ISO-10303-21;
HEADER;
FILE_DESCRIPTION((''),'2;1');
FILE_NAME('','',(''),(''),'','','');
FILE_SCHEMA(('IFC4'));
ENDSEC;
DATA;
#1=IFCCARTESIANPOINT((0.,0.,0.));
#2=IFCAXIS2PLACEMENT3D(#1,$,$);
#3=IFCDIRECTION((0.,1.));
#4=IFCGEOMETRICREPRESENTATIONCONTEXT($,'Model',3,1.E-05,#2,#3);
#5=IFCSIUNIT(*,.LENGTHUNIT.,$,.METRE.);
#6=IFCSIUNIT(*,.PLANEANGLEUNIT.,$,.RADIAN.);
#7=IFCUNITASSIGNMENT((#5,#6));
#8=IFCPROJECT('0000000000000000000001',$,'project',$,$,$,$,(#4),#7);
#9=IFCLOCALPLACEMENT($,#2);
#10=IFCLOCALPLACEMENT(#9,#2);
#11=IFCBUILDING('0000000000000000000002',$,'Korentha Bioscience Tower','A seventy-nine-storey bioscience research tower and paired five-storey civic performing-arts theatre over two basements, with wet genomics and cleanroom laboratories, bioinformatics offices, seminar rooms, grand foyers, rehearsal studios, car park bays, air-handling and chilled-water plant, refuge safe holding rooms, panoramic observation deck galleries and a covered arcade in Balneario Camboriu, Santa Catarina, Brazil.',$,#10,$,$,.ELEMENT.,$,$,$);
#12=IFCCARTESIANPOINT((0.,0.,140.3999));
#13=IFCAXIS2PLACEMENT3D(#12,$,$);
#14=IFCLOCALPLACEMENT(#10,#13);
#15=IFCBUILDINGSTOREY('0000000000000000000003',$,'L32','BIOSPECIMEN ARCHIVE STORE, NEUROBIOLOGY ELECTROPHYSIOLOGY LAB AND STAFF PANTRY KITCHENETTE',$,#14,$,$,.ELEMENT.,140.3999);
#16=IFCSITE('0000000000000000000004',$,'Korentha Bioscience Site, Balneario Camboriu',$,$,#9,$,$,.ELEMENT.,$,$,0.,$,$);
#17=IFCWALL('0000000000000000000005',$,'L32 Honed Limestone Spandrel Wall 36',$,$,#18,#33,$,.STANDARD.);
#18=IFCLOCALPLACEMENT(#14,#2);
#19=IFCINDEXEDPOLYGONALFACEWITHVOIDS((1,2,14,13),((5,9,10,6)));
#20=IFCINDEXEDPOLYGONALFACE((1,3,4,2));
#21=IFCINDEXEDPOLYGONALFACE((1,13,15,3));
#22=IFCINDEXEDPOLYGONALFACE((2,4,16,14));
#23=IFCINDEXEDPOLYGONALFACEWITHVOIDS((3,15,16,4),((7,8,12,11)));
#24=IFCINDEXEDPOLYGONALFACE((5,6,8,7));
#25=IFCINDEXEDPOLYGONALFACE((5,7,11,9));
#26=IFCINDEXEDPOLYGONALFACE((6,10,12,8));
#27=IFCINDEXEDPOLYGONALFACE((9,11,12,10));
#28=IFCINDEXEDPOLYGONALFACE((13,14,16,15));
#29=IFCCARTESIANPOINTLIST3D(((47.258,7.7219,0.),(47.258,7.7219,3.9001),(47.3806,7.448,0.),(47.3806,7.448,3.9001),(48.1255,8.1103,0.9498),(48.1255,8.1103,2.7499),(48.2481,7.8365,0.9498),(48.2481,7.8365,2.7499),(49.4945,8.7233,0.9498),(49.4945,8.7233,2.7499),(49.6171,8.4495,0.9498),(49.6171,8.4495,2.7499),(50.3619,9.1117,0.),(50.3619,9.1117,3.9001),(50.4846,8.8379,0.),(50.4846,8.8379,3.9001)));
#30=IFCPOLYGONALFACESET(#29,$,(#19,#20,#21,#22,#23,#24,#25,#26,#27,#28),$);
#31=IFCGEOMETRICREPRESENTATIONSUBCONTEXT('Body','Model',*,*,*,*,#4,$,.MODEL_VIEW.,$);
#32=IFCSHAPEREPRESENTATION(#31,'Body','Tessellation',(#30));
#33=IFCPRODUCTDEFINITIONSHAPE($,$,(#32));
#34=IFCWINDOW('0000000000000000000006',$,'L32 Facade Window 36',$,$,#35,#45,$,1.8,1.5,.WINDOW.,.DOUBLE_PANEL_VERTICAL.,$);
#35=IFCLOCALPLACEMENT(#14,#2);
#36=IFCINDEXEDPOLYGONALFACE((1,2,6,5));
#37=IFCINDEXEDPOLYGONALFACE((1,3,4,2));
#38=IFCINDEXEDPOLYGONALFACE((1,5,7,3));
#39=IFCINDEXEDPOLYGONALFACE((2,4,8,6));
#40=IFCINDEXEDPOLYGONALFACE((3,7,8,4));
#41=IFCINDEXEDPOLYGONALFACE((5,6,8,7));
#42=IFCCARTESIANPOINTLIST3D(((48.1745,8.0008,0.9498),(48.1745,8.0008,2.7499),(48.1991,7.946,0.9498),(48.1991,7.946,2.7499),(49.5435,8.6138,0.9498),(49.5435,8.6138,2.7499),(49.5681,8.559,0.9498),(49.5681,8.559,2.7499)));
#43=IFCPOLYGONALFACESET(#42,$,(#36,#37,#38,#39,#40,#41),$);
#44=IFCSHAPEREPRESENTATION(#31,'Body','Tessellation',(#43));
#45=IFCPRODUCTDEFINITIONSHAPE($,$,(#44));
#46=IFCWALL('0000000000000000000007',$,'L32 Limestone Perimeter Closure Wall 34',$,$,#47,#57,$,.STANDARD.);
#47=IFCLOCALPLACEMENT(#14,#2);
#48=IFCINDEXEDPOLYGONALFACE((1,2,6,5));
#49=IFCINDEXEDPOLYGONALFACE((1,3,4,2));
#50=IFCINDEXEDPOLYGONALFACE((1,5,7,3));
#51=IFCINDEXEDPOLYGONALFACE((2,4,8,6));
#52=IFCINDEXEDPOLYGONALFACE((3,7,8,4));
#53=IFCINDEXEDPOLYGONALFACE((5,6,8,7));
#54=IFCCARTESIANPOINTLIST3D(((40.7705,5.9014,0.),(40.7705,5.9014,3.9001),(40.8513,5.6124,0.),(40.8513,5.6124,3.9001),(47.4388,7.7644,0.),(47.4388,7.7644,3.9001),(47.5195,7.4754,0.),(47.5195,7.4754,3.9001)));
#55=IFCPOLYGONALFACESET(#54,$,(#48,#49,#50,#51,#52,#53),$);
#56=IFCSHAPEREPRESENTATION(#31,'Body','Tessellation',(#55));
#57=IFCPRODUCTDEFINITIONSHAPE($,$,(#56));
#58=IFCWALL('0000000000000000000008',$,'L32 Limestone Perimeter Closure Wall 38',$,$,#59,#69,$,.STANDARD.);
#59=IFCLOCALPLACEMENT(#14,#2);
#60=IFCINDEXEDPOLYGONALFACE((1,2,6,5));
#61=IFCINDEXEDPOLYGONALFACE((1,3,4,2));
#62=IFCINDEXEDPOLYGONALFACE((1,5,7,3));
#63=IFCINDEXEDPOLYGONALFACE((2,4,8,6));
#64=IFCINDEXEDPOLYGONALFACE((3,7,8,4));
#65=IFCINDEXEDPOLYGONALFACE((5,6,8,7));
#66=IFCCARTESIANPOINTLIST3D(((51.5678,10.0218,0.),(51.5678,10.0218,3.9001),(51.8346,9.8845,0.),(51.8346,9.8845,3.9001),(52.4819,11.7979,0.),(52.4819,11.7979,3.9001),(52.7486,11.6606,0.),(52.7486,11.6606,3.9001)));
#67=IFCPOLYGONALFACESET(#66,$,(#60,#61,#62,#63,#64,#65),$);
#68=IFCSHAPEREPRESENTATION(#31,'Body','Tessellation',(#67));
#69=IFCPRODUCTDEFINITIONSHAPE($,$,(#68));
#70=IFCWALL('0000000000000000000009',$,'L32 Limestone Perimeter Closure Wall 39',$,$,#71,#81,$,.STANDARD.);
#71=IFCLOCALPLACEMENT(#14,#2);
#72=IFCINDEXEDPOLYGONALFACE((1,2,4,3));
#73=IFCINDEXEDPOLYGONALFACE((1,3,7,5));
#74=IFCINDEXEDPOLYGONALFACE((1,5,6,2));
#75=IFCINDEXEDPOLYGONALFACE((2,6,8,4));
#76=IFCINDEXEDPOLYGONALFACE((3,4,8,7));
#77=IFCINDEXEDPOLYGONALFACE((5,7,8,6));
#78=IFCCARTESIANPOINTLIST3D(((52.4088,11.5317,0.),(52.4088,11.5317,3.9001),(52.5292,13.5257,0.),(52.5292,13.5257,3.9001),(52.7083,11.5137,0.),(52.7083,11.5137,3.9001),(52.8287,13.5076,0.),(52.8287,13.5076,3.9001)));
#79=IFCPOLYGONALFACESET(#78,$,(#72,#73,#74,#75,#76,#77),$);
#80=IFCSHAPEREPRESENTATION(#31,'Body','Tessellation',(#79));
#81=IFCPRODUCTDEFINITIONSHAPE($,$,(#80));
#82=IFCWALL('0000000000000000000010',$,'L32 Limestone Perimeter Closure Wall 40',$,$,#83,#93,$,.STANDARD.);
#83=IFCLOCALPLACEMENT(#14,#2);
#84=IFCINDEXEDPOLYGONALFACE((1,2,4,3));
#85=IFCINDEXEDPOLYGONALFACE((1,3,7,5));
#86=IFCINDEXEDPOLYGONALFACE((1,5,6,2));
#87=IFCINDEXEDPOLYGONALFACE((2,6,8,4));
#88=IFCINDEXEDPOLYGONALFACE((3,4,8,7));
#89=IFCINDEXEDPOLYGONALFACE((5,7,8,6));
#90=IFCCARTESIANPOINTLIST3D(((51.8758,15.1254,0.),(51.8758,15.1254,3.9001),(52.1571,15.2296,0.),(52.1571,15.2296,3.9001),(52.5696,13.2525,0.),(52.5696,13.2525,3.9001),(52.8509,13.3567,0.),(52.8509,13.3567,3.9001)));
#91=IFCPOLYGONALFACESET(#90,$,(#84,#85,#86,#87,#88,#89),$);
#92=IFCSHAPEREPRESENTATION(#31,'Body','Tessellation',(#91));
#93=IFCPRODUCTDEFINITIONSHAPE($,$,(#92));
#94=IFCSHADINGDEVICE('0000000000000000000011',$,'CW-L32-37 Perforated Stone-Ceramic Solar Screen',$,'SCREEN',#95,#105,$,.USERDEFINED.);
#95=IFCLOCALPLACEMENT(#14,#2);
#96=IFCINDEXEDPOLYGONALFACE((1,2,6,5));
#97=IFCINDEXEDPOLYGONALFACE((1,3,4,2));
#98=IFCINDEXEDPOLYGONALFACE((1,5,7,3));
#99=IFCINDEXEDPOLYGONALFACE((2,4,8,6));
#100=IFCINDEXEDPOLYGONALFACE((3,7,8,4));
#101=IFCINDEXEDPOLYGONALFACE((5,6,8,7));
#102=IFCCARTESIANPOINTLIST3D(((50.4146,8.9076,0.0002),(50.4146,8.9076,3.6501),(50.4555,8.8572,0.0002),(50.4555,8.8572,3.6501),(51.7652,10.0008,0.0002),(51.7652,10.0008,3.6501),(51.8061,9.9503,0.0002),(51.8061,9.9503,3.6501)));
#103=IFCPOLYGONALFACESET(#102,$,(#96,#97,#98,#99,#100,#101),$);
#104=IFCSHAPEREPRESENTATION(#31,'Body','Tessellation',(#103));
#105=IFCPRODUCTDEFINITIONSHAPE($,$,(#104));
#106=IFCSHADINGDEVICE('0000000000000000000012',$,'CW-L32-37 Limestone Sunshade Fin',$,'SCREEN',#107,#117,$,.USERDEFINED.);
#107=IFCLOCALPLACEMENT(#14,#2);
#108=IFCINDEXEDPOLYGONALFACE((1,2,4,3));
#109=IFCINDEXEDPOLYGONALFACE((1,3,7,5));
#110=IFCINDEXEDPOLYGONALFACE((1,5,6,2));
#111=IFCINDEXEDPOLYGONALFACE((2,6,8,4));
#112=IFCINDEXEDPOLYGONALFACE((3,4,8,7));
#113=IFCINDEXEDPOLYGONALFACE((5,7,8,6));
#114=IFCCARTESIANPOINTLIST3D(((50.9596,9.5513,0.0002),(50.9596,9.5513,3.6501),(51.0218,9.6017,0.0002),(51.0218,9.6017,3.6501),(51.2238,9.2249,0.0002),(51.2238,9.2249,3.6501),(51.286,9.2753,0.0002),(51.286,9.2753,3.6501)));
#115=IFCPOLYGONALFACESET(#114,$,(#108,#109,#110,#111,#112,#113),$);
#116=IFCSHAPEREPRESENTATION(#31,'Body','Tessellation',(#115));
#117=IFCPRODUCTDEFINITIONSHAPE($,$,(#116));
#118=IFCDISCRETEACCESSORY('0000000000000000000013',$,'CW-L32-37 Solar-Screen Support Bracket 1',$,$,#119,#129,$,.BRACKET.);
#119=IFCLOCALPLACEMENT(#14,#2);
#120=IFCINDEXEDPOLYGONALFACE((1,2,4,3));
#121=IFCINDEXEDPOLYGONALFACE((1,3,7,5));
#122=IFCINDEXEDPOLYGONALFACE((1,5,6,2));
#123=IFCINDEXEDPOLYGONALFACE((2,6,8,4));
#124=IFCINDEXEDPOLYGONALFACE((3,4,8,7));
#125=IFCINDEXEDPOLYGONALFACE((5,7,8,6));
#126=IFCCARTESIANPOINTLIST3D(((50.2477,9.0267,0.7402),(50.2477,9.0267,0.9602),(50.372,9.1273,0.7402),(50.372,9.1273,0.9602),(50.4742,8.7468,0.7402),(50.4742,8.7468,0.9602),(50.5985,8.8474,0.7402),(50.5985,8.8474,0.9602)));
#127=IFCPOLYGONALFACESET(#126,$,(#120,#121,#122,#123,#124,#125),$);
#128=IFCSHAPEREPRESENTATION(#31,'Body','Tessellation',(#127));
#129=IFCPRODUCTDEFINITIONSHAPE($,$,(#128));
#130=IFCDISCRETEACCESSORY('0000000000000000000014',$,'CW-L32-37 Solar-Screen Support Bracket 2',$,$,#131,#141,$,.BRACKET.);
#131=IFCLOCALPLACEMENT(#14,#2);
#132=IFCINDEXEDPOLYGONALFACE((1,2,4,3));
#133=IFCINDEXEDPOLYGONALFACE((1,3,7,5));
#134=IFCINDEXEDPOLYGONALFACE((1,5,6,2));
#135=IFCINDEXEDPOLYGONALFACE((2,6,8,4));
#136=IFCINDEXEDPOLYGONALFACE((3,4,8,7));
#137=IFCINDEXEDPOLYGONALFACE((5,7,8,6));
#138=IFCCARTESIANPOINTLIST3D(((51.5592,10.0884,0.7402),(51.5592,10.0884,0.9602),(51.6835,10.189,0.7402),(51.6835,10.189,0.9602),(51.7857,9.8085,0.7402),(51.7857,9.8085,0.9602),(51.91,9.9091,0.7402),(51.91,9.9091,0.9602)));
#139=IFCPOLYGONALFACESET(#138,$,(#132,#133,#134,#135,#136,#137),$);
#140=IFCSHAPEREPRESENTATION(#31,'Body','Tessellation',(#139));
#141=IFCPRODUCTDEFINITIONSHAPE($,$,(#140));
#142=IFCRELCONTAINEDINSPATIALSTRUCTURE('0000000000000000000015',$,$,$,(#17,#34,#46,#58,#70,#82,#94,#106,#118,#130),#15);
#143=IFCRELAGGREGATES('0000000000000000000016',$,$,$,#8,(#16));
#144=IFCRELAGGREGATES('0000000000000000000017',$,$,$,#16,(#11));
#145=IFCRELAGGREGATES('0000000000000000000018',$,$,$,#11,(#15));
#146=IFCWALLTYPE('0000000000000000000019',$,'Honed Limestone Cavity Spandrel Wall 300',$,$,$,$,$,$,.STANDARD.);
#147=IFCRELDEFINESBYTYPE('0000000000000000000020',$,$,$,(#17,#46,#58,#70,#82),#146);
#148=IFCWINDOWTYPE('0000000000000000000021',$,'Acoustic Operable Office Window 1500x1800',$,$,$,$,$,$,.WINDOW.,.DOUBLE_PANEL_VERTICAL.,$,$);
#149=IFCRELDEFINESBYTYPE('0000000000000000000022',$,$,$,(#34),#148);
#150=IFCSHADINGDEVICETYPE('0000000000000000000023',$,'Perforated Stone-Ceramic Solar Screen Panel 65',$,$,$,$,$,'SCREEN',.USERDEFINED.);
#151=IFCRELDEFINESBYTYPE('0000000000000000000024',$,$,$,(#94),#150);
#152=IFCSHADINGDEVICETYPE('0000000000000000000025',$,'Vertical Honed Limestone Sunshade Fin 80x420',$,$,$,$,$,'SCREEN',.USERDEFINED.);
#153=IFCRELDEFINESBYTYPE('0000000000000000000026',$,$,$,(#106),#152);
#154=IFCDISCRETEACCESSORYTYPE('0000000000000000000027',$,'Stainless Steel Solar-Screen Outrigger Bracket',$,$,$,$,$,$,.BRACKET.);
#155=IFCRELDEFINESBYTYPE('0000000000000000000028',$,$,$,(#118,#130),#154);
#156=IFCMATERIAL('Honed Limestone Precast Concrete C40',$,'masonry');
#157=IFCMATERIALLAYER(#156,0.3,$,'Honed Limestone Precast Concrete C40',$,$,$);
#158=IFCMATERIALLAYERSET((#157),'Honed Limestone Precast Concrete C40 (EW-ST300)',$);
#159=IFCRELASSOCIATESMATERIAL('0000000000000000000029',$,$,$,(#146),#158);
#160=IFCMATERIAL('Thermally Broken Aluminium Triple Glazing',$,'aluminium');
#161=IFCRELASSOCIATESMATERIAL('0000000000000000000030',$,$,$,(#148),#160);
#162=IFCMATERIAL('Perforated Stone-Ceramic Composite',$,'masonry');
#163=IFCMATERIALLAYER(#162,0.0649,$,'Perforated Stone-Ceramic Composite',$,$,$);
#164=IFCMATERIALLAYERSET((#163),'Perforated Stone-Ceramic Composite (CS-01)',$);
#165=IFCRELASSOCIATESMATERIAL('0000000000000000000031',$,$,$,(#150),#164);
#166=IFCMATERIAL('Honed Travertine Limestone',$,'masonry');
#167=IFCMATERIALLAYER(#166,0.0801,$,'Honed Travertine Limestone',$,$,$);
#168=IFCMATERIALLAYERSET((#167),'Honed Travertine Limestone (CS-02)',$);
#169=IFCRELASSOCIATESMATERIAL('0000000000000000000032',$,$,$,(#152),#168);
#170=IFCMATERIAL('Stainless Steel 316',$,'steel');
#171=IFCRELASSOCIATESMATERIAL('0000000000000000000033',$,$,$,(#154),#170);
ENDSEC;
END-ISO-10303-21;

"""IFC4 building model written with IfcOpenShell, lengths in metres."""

from ifc_helpers import new_model, si_unit, direction, frame, frame_2d, origin, origin_2d, place, context, subcontext, project, spatial, rectangle, extrude, material, layer, layer_set, type_object, element, fill, save


model = new_model("IFC4")

# Units and contexts
model_context = context("Model", 3, precision=1e-05, world=origin(), true_north=direction((0.0, 1.0)))
body_context = subcontext(model_context, "Body", "Model", "MODEL_VIEW")
ifc_project = project(units=[si_unit("LENGTHUNIT", "METRE"), si_unit("PLANEANGLEUNIT", "RADIAN")], contexts=[model_context])

# Site, building, storey
site_placement = place(None, origin())
site = spatial("IfcSite", under=ifc_project, at=site_placement, Name="Korentha Bioscience Site, Balneario Camboriu", CompositionType="ELEMENT", RefElevation=0.0)
building_placement = place(site_placement, origin())
building = spatial("IfcBuilding", under=site, at=building_placement, Name="Korentha Bioscience Tower", Description="A seventy-nine-storey bioscience research tower and paired five-storey civic performing-arts theatre over two basements, with wet genomics and cleanroom laboratories, bioinformatics offices, seminar rooms, grand foyers, rehearsal studios, car park bays, air-handling and chilled-water plant, refuge safe holding rooms, panoramic observation deck galleries and a covered arcade in Balneario Camboriu, Santa Catarina, Brazil.", CompositionType="ELEMENT")
storey_placement = place(building_placement, frame((0.0, 0.0, 140.3999)))
storey = spatial("IfcBuildingStorey", under=building, at=storey_placement, Name="L32", Description="BIOSPECIMEN ARCHIVE STORE, NEUROBIOLOGY ELECTROPHYSIOLOGY LAB AND STAFF PANTRY KITCHENETTE", CompositionType="ELEMENT", Elevation=140.3999)

# Wall, opening, window
ifc_material_1 = material(Name="Honed Limestone Precast Concrete C40", Category="masonry")
ifc_layer_1 = layer(ifc_material_1, 0.3, Name="Honed Limestone Precast Concrete C40")
ifc_layer_set_1 = layer_set([ifc_layer_1], Name="Honed Limestone Precast Concrete C40 (EW-ST300)")
wall_type = type_object("IfcWallType", Name="Honed Limestone Cavity Spandrel Wall 300", PredefinedType="STANDARD", material=ifc_layer_set_1)
wall_1_placement = place(storey_placement, frame((47.3193, 7.585, 0.0), z_axis=(0.0, 0.0, 1.0), x_axis=(0.91268, 0.408675, 0.0)))
wall_1 = element("IfcWall", 1, at=wall_1_placement, inside=storey, type_object=wall_type, Name="L32 Honed Limestone Spandrel Wall 36", PredefinedType="STANDARD", context=body_context, shape_type="SweptSolid", body=[
    extrude(rectangle(XDim=3.4009, YDim=0.3, at=frame_2d((1.7004, 0.0))), origin(), (0.0, 0.0, 1.0), 3.9001),
])
opening_placement = place(wall_1_placement, frame((0.9504, 0.0, 0.95)))
opening = element("IfcOpeningElement", 2, at=opening_placement, cuts=wall_1, PredefinedType="OPENING", context=body_context, shape_type="SweptSolid", body=[
    extrude(rectangle(XDim=1.5, YDim=1.8, at=frame_2d((0.75, 0.8999))), frame((0.0, 0.165, 0.0), z_axis=(0.0, -1.0, 0.0), x_axis=(1.0, 0.0, 0.0)), (0.0, 0.0, 1.0), 0.3298),
])
ifc_material_2 = material(Name="Thermally Broken Aluminium Triple Glazing", Category="aluminium")
window_type = type_object("IfcWindowType", Name="Acoustic Operable Office Window 1500x1800", PartitioningType="DOUBLE_PANEL_VERTICAL", PredefinedType="WINDOW", material=ifc_material_2)
window_placement = place(opening_placement, origin())
window = element("IfcWindow", 3, at=window_placement, inside=storey, type_object=window_type, Name="L32 Facade Window 36", OverallHeight=1.8, OverallWidth=1.5, PartitioningType="DOUBLE_PANEL_VERTICAL", PredefinedType="WINDOW", context=body_context, shape_type="SweptSolid", body=[
    extrude(rectangle(XDim=1.5, YDim=1.8, at=frame_2d((0.75, 0.8999))), frame((0.0, 0.03, 0.0), z_axis=(0.0, -1.0, 0.0), x_axis=(1.0, 0.0, 0.0)), (0.0, 0.0, 1.0), 0.0601),
])
fill(opening, window)

# Walls
wall_2_placement = place(storey_placement, frame((40.8108, 5.7568, 0.0), z_axis=(0.0, 0.0, 1.0), x_axis=(0.963116, 0.269086, 0.0)))
element("IfcWall", 4, at=wall_2_placement, inside=storey, type_object=wall_type, Name="L32 Limestone Perimeter Closure Wall 34", PredefinedType="STANDARD", context=body_context, shape_type="SweptSolid", body=[
    extrude(rectangle(XDim=6.9236, YDim=0.3, at=frame_2d((3.4619, 0.0))), origin(), (0.0, 0.0, 1.0), 3.9001),
])
for number, where, z_axis, x_axis, name in (
    (5, (51.7012, 9.9531, 0.0), (0.0, 0.0, 1.0), (0.457597, 0.88916, 0.0), "L32 Limestone Perimeter Closure Wall 38"),
    (6, (52.5586, 11.5227, 0.0), (0.0, 0.0, 1.0), (0.060255, 0.998183, 0.0), "L32 Limestone Perimeter Closure Wall 39"),
):
    element("IfcWall", number, at=place(storey_placement, frame(where, z_axis=z_axis, x_axis=x_axis)), inside=storey, type_object=wall_type, Name=name, PredefinedType="STANDARD", context=body_context, shape_type="SweptSolid", body=[
        extrude(rectangle(XDim=1.9976, YDim=0.3, at=frame_2d((0.9988, 0.0))), origin(), (0.0, 0.0, 1.0), 3.9001),
    ])
wall_3_placement = place(storey_placement, frame((52.7102, 13.3047, 0.0), z_axis=(0.0, 0.0, 1.0), x_axis=(-0.34737, 0.937728, 0.0)))
element("IfcWall", 7, at=wall_3_placement, inside=storey, type_object=wall_type, Name="L32 Limestone Perimeter Closure Wall 40", PredefinedType="STANDARD", context=body_context, shape_type="SweptSolid", body=[
    extrude(rectangle(XDim=1.9973, YDim=0.3, at=frame_2d((0.9985, 0.0))), origin(), (0.0, 0.0, 1.0), 3.9001),
])

# Shading devices
ifc_material_3 = material(Name="Perforated Stone-Ceramic Composite", Category="masonry")
ifc_layer_2 = layer(ifc_material_3, 0.0649, Name="Perforated Stone-Ceramic Composite")
ifc_layer_set_2 = layer_set([ifc_layer_2], Name="Perforated Stone-Ceramic Composite (CS-01)")
shading_device_type_1 = type_object("IfcShadingDeviceType", Name="Perforated Stone-Ceramic Solar Screen Panel 65", ElementType="SCREEN", PredefinedType="USERDEFINED", material=ifc_layer_set_2)
shading_device_1_placement = place(storey_placement, frame((51.1104, 9.429, 0.0002), z_axis=(0.0, 0.0, 1.0), x_axis=(0.777315, 0.629111, 0.0)))
element("IfcShadingDevice", 8, at=shading_device_1_placement, inside=storey, type_object=shading_device_type_1, Name="CW-L32-37 Perforated Stone-Ceramic Solar Screen", ObjectType="SCREEN", PredefinedType="USERDEFINED", context=body_context, shape_type="SweptSolid", body=[
    extrude(rectangle(XDim=1.7375, YDim=0.0649, at=origin_2d()), origin(), (0.0, 0.0, 1.0), 3.6499),
])
ifc_material_4 = material(Name="Honed Travertine Limestone", Category="masonry")
ifc_layer_3 = layer(ifc_material_4, 0.0801, Name="Honed Travertine Limestone")
ifc_layer_set_3 = layer_set([ifc_layer_3], Name="Honed Travertine Limestone (CS-02)")
shading_device_type_2 = type_object("IfcShadingDeviceType", Name="Vertical Honed Limestone Sunshade Fin 80x420", ElementType="SCREEN", PredefinedType="USERDEFINED", material=ifc_layer_set_3)
shading_device_2_placement = place(storey_placement, frame((51.1228, 9.4133, 0.0002), z_axis=(0.0, 0.0, 1.0), x_axis=(0.777315, 0.629111, 0.0)))
element("IfcShadingDevice", 9, at=shading_device_2_placement, inside=storey, type_object=shading_device_type_2, Name="CW-L32-37 Limestone Sunshade Fin", ObjectType="SCREEN", PredefinedType="USERDEFINED", context=body_context, shape_type="SweptSolid", body=[
    extrude(rectangle(XDim=0.0801, YDim=0.4199, at=origin_2d()), origin(), (0.0, 0.0, 1.0), 3.6499),
])

# Discrete accessories
ifc_material_5 = material(Name="Stainless Steel 316", Category="steel")
discrete_accessory_type = type_object("IfcDiscreteAccessoryType", Name="Stainless Steel Solar-Screen Outrigger Bracket", PredefinedType="BRACKET", material=ifc_material_5)
for number, where, z_axis, x_axis, name in (
    (10, (50.4231, 8.937, 0.7402), (0.0, 0.0, 1.0), (0.777315, 0.629111, 0.0), "CW-L32-37 Solar-Screen Support Bracket 1"),
    (11, (51.7346, 9.9988, 0.7402), (0.0, 0.0, 1.0), (0.777315, 0.629111, 0.0), "CW-L32-37 Solar-Screen Support Bracket 2"),
):
    element("IfcDiscreteAccessory", number, at=place(storey_placement, frame(where, z_axis=z_axis, x_axis=x_axis)), inside=storey, type_object=discrete_accessory_type, Name=name, PredefinedType="BRACKET", context=body_context, shape_type="SweptSolid", body=[
        extrude(rectangle(XDim=0.1599, YDim=0.3601, at=origin_2d()), origin(), (0.0, 0.0, 1.0), 0.22),
    ])

save(model, "model.ifc")
